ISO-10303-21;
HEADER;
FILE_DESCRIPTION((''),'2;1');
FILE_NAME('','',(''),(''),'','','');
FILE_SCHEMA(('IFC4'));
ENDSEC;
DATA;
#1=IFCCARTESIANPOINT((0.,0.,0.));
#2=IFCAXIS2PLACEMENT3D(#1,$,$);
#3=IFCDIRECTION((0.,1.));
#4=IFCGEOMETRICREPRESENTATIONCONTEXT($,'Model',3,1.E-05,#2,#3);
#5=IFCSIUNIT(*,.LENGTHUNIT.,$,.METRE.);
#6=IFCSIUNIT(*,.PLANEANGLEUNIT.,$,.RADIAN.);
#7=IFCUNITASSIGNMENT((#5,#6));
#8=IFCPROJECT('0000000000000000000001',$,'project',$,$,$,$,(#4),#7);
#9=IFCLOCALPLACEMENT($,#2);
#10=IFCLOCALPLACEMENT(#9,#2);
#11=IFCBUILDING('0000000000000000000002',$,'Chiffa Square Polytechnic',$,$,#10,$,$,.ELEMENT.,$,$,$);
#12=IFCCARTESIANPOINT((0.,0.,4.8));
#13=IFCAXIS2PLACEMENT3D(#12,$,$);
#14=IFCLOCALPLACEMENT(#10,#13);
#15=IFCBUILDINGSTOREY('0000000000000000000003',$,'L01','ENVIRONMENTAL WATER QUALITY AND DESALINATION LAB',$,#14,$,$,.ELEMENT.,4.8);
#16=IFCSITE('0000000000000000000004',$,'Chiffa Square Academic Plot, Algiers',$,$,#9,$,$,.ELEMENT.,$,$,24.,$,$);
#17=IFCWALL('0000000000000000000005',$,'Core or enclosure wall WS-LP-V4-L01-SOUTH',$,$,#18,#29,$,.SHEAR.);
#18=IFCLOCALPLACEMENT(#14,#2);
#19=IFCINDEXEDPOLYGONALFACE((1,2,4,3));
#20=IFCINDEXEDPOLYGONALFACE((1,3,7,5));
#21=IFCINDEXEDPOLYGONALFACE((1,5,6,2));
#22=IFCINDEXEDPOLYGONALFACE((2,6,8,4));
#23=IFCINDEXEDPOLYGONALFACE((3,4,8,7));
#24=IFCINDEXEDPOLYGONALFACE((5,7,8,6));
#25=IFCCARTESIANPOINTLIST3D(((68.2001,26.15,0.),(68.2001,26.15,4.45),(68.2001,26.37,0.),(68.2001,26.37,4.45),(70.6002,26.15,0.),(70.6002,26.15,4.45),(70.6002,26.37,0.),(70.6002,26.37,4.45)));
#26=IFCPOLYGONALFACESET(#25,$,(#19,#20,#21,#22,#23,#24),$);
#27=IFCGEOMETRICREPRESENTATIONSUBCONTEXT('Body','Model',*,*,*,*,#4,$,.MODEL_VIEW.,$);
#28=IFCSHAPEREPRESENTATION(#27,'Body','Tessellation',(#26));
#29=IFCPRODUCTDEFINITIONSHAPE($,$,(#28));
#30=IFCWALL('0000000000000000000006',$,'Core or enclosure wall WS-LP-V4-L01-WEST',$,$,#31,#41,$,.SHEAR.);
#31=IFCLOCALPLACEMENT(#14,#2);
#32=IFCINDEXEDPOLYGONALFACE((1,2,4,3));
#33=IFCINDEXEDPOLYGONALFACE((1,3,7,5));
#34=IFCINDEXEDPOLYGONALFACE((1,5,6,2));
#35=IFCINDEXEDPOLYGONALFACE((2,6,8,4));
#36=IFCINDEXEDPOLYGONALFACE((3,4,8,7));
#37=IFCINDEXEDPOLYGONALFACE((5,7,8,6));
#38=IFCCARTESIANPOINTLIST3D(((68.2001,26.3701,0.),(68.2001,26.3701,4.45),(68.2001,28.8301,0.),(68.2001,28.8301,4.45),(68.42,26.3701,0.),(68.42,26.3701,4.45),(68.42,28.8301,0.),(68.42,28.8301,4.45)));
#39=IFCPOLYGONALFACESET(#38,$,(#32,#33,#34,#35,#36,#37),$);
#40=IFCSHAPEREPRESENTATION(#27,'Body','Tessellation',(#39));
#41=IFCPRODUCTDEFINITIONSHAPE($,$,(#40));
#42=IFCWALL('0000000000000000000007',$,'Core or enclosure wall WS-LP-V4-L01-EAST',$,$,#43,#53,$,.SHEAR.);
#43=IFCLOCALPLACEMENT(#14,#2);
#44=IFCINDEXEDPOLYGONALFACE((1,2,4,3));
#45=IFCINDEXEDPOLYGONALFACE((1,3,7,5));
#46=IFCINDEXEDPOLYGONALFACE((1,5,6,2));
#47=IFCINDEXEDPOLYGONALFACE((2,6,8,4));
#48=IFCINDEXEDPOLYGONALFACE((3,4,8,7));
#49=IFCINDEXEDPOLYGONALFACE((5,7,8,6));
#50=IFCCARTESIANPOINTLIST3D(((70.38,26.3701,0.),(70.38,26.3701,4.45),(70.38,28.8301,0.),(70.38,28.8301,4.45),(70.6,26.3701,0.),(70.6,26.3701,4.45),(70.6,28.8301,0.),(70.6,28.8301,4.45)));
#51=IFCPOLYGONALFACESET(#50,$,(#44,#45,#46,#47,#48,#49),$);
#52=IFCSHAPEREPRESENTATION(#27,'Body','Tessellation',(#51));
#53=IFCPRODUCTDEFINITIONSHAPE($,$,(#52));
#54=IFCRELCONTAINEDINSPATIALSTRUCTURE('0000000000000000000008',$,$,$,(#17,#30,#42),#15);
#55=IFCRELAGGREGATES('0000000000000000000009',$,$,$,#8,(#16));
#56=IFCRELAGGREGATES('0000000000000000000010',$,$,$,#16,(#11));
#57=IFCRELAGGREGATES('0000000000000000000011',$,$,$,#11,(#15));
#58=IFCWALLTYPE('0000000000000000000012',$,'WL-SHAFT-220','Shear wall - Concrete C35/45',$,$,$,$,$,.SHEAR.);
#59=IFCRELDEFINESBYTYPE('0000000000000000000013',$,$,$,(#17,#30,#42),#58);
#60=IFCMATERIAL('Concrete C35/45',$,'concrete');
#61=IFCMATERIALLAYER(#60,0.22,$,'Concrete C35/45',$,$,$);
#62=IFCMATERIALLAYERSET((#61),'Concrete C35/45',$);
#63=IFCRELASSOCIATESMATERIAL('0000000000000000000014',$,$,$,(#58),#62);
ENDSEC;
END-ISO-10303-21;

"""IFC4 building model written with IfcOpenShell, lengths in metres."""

from ifc_helpers import new_model, si_unit, direction, frame, frame_2d, origin, place, context, subcontext, project, spatial, rectangle, extrude, material, layer, layer_set, type_object, element, save


model = new_model("IFC4")

# Units and contexts
model_context = context("Model", 3, precision=1e-05, world=origin(), true_north=direction((0.0, 1.0)))
body_context = subcontext(model_context, "Body", "Model", "MODEL_VIEW")
ifc_project = project(units=[si_unit("LENGTHUNIT", "METRE"), si_unit("PLANEANGLEUNIT", "RADIAN")], contexts=[model_context])

# Site, building, storey
site_placement = place(None, origin())
site = spatial("IfcSite", under=ifc_project, at=site_placement, Name="Chiffa Square Academic Plot, Algiers", CompositionType="ELEMENT", RefElevation=24.0)
building_placement = place(site_placement, origin())
building = spatial("IfcBuilding", under=site, at=building_placement, Name="Chiffa Square Polytechnic", CompositionType="ELEMENT")
storey_placement = place(building_placement, frame((0.0, 0.0, 4.8)))
storey = spatial("IfcBuildingStorey", under=building, at=storey_placement, Name="L01", Description="ENVIRONMENTAL WATER QUALITY AND DESALINATION LAB", CompositionType="ELEMENT", Elevation=4.8)

# Shared definitions
ifc_material_1 = material(Name="Concrete C35/45", Category="concrete")

# Wall
ifc_layer_1 = layer(ifc_material_1, 0.22, Name="Concrete C35/45")
ifc_layer_set_1 = layer_set([ifc_layer_1], Name="Concrete C35/45")
wall_type_1 = type_object("IfcWallType", Name="WL-SHAFT-220", Description="Shear wall - Concrete C35/45", PredefinedType="SHEAR", material=ifc_layer_set_1)
wall_1_placement = place(storey_placement, frame((68.2, 26.26, 0.0), z_axis=(0.0, 0.0, 1.0), x_axis=(1.0, 0.0, 0.0)))
element("IfcWall", 1, at=wall_1_placement, inside=storey, type_object=wall_type_1, Name="Core or enclosure wall WS-LP-V4-L01-SOUTH", PredefinedType="SHEAR", context=body_context, shape_type="SweptSolid", body=[
    extrude(rectangle(XDim=2.4001, YDim=0.22, at=frame_2d((1.2002, 0.0))), origin(), (0.0, 0.0, 1.0), 4.45),
])

# Walls
for number, where, z_axis, x_axis, name in (
    (2, (68.3101, 26.3701, 0.0), (0.0, 0.0, 1.0), (0.0, 1.0, 0.0), "Core or enclosure wall WS-LP-V4-L01-WEST"),
    (3, (70.49, 26.3701, 0.0), (0.0, 0.0, 1.0), (0.0, 1.0, 0.0), "Core or enclosure wall WS-LP-V4-L01-EAST"),
):
    element("IfcWall", number, at=place(storey_placement, frame(where, z_axis=z_axis, x_axis=x_axis)), inside=storey, type_object=wall_type_1, Name=name, PredefinedType="SHEAR", context=body_context, shape_type="SweptSolid", body=[
        extrude(rectangle(XDim=2.46, YDim=0.22, at=frame_2d((1.23, 0.0))), origin(), (0.0, 0.0, 1.0), 4.45),
    ])

save(model, "model.ifc")
